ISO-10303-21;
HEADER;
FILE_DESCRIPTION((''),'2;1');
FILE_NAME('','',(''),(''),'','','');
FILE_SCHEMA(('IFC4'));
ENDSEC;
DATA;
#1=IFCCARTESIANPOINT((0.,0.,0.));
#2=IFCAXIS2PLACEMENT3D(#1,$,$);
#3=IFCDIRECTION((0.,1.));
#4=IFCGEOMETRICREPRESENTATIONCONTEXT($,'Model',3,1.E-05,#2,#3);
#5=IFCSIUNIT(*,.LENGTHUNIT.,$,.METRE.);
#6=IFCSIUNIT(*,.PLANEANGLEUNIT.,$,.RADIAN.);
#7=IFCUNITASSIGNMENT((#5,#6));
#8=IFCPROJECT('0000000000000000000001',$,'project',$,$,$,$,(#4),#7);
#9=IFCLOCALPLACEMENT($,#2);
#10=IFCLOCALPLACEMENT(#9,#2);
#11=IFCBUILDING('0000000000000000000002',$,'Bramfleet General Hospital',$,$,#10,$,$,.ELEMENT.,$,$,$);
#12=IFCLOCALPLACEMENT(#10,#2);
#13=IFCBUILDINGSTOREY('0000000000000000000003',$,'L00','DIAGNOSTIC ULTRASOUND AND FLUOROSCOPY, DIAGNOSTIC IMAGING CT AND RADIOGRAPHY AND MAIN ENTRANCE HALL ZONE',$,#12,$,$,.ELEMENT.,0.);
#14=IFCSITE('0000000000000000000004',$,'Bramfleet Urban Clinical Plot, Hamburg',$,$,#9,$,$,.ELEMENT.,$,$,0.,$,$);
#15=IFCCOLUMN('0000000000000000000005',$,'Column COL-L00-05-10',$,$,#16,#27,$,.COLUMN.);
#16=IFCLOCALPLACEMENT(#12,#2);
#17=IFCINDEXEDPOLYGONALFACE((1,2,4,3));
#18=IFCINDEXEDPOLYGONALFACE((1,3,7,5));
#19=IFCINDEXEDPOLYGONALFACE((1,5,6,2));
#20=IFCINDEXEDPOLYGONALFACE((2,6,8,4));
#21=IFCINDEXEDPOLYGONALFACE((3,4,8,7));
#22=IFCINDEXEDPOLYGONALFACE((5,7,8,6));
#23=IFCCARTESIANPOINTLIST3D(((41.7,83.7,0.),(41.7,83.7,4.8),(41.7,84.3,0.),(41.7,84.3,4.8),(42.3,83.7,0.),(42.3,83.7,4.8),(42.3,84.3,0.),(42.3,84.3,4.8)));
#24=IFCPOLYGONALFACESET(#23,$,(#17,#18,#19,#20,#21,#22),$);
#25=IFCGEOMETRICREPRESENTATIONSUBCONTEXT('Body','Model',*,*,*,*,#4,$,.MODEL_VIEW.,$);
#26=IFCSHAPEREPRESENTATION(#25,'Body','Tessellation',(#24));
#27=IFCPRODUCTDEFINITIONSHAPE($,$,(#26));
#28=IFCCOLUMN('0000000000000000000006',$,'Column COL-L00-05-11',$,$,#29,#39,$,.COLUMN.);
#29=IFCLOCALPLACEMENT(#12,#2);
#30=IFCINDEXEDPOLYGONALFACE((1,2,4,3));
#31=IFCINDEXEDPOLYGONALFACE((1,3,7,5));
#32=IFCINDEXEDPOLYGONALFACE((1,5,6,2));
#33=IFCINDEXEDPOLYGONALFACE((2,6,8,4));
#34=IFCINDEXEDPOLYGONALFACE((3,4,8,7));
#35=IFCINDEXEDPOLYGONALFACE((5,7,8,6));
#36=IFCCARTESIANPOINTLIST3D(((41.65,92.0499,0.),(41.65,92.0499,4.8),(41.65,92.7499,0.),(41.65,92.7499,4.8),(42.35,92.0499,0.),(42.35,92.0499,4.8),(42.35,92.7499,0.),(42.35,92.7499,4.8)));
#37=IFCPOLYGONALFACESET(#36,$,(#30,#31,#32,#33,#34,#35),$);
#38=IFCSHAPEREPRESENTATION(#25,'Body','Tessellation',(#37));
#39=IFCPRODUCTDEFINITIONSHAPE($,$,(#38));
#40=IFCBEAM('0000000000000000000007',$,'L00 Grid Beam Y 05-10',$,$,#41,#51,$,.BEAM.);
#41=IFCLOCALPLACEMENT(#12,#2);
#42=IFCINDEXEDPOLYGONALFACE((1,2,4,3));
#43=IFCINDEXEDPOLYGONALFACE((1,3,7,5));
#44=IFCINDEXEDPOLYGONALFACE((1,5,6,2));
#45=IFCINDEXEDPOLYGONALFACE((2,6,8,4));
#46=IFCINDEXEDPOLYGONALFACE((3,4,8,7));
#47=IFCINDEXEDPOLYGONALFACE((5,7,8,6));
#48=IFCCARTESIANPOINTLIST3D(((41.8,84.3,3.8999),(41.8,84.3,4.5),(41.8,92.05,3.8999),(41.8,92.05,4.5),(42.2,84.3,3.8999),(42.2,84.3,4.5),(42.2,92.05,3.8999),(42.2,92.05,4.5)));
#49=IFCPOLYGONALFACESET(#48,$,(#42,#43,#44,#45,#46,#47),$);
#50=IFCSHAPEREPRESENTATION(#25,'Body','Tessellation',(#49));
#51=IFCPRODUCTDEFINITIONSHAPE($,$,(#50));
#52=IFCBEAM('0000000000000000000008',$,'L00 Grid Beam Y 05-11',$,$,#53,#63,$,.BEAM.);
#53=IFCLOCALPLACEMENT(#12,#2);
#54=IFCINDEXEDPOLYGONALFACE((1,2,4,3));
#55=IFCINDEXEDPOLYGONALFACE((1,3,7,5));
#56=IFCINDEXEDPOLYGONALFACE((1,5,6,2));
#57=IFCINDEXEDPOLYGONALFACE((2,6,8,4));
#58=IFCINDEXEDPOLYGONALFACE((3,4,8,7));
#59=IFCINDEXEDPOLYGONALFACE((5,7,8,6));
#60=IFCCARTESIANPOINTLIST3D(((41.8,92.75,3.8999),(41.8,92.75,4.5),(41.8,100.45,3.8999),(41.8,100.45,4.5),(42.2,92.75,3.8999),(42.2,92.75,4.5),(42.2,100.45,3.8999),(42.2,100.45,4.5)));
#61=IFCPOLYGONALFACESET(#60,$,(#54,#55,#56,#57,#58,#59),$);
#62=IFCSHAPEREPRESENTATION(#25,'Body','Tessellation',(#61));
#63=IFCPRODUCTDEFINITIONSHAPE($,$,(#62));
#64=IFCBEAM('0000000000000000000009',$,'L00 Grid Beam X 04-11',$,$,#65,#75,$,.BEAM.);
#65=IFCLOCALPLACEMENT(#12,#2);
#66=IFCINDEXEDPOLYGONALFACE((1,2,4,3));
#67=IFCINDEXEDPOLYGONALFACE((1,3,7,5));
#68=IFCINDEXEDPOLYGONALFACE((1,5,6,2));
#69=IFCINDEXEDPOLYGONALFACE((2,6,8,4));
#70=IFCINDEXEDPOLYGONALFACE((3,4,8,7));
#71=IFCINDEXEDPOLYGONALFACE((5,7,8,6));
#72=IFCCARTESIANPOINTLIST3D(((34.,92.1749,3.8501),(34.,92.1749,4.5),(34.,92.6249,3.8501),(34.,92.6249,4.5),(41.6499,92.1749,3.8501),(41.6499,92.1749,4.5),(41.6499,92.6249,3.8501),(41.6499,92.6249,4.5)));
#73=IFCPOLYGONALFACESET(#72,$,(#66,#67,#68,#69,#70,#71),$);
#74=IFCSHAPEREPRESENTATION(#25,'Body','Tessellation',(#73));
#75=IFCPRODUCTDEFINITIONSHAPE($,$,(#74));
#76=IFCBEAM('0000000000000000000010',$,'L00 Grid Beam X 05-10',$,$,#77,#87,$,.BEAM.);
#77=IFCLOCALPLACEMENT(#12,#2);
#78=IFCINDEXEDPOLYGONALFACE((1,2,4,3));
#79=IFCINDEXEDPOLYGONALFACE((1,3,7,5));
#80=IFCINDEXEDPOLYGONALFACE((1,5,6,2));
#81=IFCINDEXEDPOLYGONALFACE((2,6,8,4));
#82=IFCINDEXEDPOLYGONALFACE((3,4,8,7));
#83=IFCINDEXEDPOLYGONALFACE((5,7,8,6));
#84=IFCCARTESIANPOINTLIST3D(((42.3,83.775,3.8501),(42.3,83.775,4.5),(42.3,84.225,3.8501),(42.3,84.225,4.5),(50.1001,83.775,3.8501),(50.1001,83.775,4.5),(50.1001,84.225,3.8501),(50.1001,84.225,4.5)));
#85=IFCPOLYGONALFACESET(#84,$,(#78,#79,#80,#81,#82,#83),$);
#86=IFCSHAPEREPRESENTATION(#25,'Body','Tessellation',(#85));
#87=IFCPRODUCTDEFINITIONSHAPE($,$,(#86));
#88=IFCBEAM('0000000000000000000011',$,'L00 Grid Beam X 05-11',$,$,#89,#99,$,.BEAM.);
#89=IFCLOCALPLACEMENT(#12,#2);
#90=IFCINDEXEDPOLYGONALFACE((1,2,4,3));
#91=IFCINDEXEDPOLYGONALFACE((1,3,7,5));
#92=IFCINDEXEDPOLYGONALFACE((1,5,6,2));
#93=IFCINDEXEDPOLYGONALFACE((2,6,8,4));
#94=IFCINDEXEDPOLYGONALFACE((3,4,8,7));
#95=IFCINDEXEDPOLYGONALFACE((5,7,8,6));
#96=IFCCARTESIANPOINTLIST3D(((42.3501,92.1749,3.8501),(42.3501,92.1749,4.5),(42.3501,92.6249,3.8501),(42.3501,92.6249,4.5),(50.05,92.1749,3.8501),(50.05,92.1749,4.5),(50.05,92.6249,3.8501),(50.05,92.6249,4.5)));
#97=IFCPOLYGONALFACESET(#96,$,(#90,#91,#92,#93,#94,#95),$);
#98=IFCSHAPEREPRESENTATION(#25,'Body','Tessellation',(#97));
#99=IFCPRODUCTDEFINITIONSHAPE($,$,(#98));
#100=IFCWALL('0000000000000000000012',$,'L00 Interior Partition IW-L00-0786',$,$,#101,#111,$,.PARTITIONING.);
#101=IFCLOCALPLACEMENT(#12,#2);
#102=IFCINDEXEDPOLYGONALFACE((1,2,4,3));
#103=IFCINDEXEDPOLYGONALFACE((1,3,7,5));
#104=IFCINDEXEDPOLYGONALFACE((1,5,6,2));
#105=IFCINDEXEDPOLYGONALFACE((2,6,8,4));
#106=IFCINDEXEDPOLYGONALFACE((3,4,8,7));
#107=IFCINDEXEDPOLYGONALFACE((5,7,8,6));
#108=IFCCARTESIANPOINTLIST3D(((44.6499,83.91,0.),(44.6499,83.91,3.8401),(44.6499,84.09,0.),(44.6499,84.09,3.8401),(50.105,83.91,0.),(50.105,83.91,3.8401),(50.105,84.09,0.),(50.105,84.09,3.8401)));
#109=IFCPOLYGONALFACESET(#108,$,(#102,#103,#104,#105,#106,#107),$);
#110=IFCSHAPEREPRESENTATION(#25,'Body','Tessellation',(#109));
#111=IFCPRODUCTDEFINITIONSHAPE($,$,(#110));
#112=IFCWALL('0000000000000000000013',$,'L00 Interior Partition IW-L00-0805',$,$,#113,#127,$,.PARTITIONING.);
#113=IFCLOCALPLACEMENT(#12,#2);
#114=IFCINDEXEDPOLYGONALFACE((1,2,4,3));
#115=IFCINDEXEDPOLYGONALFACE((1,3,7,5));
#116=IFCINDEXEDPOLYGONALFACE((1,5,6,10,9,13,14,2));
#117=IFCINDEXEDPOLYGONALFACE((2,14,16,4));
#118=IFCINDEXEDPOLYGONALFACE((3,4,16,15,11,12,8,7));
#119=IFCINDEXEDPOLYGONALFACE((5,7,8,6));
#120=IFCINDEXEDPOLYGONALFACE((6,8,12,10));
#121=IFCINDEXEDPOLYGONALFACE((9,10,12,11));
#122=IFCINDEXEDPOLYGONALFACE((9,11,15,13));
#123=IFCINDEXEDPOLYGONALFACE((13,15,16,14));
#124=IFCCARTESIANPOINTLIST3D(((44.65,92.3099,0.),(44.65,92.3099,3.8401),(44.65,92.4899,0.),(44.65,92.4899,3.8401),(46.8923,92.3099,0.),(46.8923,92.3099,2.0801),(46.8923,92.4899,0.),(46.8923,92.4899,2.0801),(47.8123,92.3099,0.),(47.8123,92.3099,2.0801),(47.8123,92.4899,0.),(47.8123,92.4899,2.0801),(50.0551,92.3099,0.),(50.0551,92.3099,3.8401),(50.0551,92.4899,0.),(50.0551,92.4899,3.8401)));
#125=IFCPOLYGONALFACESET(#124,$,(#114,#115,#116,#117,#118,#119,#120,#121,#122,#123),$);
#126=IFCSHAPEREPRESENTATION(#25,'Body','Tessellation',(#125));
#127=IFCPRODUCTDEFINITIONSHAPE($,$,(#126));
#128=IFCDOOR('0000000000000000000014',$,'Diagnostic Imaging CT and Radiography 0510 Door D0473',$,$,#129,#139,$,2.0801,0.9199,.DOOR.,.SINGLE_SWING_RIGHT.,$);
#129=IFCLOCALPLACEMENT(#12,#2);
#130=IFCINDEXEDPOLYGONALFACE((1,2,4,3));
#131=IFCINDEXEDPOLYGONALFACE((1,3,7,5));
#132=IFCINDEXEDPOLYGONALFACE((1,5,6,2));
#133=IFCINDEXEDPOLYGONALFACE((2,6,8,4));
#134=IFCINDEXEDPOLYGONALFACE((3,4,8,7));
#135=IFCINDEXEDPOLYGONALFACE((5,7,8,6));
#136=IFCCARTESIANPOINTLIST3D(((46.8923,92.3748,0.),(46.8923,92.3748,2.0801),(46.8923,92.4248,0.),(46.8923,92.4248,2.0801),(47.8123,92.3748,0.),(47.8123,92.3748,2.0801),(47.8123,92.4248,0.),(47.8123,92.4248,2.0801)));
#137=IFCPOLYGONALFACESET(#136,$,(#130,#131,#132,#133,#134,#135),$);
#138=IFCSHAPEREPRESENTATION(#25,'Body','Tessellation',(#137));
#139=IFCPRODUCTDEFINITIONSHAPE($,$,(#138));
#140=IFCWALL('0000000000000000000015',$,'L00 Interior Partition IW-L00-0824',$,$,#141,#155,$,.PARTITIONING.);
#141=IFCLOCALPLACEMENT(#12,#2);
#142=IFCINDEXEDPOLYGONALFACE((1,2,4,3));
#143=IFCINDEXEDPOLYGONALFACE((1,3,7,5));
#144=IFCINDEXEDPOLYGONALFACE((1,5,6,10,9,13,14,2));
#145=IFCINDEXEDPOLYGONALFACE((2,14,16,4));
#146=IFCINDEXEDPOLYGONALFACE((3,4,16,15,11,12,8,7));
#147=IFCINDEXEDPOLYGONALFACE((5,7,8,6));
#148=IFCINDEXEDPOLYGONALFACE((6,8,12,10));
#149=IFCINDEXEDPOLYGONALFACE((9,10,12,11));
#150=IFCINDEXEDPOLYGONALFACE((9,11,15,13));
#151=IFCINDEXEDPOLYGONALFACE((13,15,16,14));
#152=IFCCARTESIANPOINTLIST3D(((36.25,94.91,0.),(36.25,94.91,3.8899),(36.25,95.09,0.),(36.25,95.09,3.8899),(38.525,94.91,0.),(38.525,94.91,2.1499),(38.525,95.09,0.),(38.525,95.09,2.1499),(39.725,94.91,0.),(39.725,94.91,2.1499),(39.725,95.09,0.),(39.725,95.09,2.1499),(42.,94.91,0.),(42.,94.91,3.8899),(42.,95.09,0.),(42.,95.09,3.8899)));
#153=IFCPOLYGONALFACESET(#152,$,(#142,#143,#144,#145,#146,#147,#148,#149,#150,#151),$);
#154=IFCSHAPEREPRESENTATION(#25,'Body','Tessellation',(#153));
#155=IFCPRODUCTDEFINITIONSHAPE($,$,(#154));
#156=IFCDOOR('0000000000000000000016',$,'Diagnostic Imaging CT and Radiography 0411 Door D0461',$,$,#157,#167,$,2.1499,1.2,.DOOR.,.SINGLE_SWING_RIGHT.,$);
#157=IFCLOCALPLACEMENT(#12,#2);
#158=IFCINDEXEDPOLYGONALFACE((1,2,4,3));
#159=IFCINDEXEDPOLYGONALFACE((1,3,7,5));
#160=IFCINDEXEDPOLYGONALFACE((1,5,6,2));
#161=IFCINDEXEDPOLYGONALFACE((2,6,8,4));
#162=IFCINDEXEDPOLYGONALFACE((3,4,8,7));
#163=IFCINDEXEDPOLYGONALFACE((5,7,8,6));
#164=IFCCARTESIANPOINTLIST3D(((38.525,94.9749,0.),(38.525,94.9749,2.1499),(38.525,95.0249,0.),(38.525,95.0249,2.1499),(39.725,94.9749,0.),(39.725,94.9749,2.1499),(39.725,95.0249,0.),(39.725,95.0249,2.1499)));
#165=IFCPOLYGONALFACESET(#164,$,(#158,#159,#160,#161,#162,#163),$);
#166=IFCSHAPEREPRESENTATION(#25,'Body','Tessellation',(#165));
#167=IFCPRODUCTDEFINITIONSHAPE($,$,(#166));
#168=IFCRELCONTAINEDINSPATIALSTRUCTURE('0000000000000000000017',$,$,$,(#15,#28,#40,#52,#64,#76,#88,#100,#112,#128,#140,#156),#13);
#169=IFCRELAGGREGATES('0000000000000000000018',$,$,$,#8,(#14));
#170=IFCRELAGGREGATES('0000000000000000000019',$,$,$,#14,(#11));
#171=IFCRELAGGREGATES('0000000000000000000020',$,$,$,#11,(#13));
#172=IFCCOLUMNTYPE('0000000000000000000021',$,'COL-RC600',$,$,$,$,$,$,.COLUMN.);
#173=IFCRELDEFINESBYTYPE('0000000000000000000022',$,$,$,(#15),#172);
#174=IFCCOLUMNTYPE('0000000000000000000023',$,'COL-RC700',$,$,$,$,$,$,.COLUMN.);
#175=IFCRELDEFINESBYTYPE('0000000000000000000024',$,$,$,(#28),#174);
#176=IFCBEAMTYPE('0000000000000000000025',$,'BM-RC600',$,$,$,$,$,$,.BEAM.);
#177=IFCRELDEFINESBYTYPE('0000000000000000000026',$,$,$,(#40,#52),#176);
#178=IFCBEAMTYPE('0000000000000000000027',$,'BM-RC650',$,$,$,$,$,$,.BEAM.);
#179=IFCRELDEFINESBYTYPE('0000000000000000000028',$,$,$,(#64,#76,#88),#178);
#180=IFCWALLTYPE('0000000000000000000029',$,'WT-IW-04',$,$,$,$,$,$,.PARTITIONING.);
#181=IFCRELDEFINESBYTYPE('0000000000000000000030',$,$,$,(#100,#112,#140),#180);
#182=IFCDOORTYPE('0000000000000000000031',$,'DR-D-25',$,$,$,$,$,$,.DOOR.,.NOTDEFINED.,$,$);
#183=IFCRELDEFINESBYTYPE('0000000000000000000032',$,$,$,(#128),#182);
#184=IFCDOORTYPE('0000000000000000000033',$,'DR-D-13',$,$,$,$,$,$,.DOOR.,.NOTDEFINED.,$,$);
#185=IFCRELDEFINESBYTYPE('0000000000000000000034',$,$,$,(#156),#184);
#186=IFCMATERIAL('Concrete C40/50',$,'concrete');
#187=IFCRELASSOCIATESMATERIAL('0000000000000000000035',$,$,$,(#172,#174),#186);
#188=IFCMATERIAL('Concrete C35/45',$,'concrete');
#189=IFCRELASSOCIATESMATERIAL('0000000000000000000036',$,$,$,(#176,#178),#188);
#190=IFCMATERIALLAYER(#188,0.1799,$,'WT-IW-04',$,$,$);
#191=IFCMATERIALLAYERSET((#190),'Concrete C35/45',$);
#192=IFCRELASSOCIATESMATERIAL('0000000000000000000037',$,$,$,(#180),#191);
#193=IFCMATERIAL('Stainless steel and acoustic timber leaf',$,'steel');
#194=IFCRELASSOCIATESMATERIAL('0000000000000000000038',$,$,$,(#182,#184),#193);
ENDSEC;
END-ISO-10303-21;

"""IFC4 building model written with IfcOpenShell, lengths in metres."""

from ifc_helpers import new_model, si_unit, direction, frame, frame_2d, origin, origin_2d, place, context, subcontext, project, spatial, rectangle, extrude, material, layer, layer_set, material_profile, profile_set, type_object, element, fill, save


model = new_model("IFC4")

# Units and contexts
model_context = context("Model", 3, precision=1e-05, world=origin(), true_north=direction((0.0, 1.0)))
body_context = subcontext(model_context, "Body", "Model", "MODEL_VIEW")
ifc_project = project(units=[si_unit("LENGTHUNIT", "METRE"), si_unit("PLANEANGLEUNIT", "RADIAN")], contexts=[model_context])

# Site, building, storey
site_placement = place(None, origin())
site = spatial("IfcSite", under=ifc_project, at=site_placement, Name="Bramfleet Urban Clinical Plot, Hamburg", CompositionType="ELEMENT", RefElevation=0.0)
building_placement = place(site_placement, origin())
building = spatial("IfcBuilding", under=site, at=building_placement, Name="Bramfleet General Hospital", CompositionType="ELEMENT")
storey_placement = place(building_placement, origin())
storey = spatial("IfcBuildingStorey", under=building, at=storey_placement, Name="L00", Description="DIAGNOSTIC ULTRASOUND AND FLUOROSCOPY, DIAGNOSTIC IMAGING CT AND RADIOGRAPHY AND MAIN ENTRANCE HALL ZONE", CompositionType="ELEMENT", Elevation=0.0)

# Columns
ifc_material_1 = material(Name="Concrete C40/50", Category="concrete")
ifc_material_profile_1 = material_profile(ifc_material_1, rectangle(XDim=0.6001, YDim=0.6001, at=origin_2d()), Name="RC COL 600x600")
ifc_profile_set_1 = profile_set([ifc_material_profile_1], Name="Concrete C40/50")
column_type_1 = type_object("IfcColumnType", Name="COL-RC600", PredefinedType="COLUMN", material=ifc_profile_set_1)
column_1_placement = place(storey_placement, frame((42.0, 84.0, 0.0), z_axis=(0.0, 0.0, 1.0), x_axis=(1.0, 0.0, 0.0)))
element("IfcColumn", 1, at=column_1_placement, inside=storey, type_object=column_type_1, Name="Column COL-L00-05-10", PredefinedType="COLUMN", context=body_context, shape_type="SweptSolid", body=[
    extrude(rectangle(XDim=0.6001, YDim=0.6001, at=origin_2d()), origin(), (0.0, 0.0, 1.0), 4.8),
])
ifc_material_profile_2 = material_profile(ifc_material_1, rectangle(XDim=0.7, YDim=0.7, at=origin_2d()), Name="RC COL 700x700")
ifc_profile_set_2 = profile_set([ifc_material_profile_2], Name="Concrete C40/50")
column_type_2 = type_object("IfcColumnType", Name="COL-RC700", PredefinedType="COLUMN", material=ifc_profile_set_2)
column_2_placement = place(storey_placement, frame((42.0, 92.3999, 0.0), z_axis=(0.0, 0.0, 1.0), x_axis=(1.0, 0.0, 0.0)))
element("IfcColumn", 2, at=column_2_placement, inside=storey, type_object=column_type_2, Name="Column COL-L00-05-11", PredefinedType="COLUMN", context=body_context, shape_type="SweptSolid", body=[
    extrude(rectangle(XDim=0.7, YDim=0.7, at=origin_2d()), origin(), (0.0, 0.0, 1.0), 4.8),
])

# Beams
ifc_material_2 = material(Name="Concrete C35/45", Category="concrete")
ifc_material_profile_3 = material_profile(ifc_material_2, rectangle(XDim=0.3999, YDim=0.6001, at=origin_2d()), Name="RC BM 600x400")
ifc_profile_set_3 = profile_set([ifc_material_profile_3], Name="Concrete C35/45")
beam_type_1 = type_object("IfcBeamType", Name="BM-RC600", PredefinedType="BEAM", material=ifc_profile_set_3)
beam_1_placement = place(storey_placement, frame((42.0, 84.3, 4.2), z_axis=(0.0, 1.0, 0.0), x_axis=(-1.0, 0.0, 0.0)))
element("IfcBeam", 3, at=beam_1_placement, inside=storey, type_object=beam_type_1, Name="L00 Grid Beam Y 05-10", PredefinedType="BEAM", context=body_context, shape_type="SweptSolid", body=[
    extrude(rectangle(XDim=0.3999, YDim=0.6001, at=origin_2d()), origin(), (0.0, 0.0, 1.0), 7.75),
])
beam_2_placement = place(storey_placement, frame((42.0, 92.75, 4.2), z_axis=(0.0, 1.0, 0.0), x_axis=(-1.0, 0.0, 0.0)))
element("IfcBeam", 4, at=beam_2_placement, inside=storey, type_object=beam_type_1, Name="L00 Grid Beam Y 05-11", PredefinedType="BEAM", context=body_context, shape_type="SweptSolid", body=[
    extrude(rectangle(XDim=0.3999, YDim=0.6001, at=origin_2d()), origin(), (0.0, 0.0, 1.0), 7.7),
])
ifc_material_profile_4 = material_profile(ifc_material_2, rectangle(XDim=0.45, YDim=0.6499, at=origin_2d()), Name="RC BM 650x450")
ifc_profile_set_4 = profile_set([ifc_material_profile_4], Name="Concrete C35/45")
beam_type_2 = type_object("IfcBeamType", Name="BM-RC650", PredefinedType="BEAM", material=ifc_profile_set_4)
beam_3_placement = place(storey_placement, frame((34.0, 92.3999, 4.175), z_axis=(1.0, 0.0, 0.0), x_axis=(0.0, 1.0, 0.0)))
element("IfcBeam", 5, at=beam_3_placement, inside=storey, type_object=beam_type_2, Name="L00 Grid Beam X 04-11", PredefinedType="BEAM", context=body_context, shape_type="SweptSolid", body=[
    extrude(rectangle(XDim=0.45, YDim=0.6499, at=origin_2d()), origin(), (0.0, 0.0, 1.0), 7.6499),
])
beam_4_placement = place(storey_placement, frame((42.3, 84.0, 4.175), z_axis=(1.0, 0.0, 0.0), x_axis=(0.0, 1.0, 0.0)))
element("IfcBeam", 6, at=beam_4_placement, inside=storey, type_object=beam_type_2, Name="L00 Grid Beam X 05-10", PredefinedType="BEAM", context=body_context, shape_type="SweptSolid", body=[
    extrude(rectangle(XDim=0.45, YDim=0.6499, at=origin_2d()), origin(), (0.0, 0.0, 1.0), 7.8),
])
beam_5_placement = place(storey_placement, frame((42.3501, 92.3999, 4.175), z_axis=(1.0, 0.0, 0.0), x_axis=(0.0, 1.0, 0.0)))
element("IfcBeam", 7, at=beam_5_placement, inside=storey, type_object=beam_type_2, Name="L00 Grid Beam X 05-11", PredefinedType="BEAM", context=body_context, shape_type="SweptSolid", body=[
    extrude(rectangle(XDim=0.45, YDim=0.6499, at=origin_2d()), origin(), (0.0, 0.0, 1.0), 7.7),
])

# Wall
ifc_layer = layer(ifc_material_2, 0.1799, Name="WT-IW-04")
ifc_layer_set = layer_set([ifc_layer], Name="Concrete C35/45")
wall_type = type_object("IfcWallType", Name="WT-IW-04", PredefinedType="PARTITIONING", material=ifc_layer_set)
wall_1_placement = place(storey_placement, frame((44.6499, 84.0, 0.0), z_axis=(0.0, 0.0, 1.0), x_axis=(1.0, 0.0, 0.0)))
element("IfcWall", 8, at=wall_1_placement, inside=storey, type_object=wall_type, Name="L00 Interior Partition IW-L00-0786", PredefinedType="PARTITIONING", context=body_context, shape_type="SweptSolid", body=[
    extrude(rectangle(XDim=5.4551, YDim=0.1799, at=frame_2d((2.7275, 0.0))), origin(), (0.0, 0.0, 1.0), 3.8401),
])

# Walls, openings, doors
ifc_material_3 = material(Name="Stainless steel and acoustic timber leaf", Category="steel")
wall_2_placement = place(storey_placement, frame((44.6499, 92.3999, 0.0), z_axis=(0.0, 0.0, 1.0), x_axis=(1.0, 0.0, 0.0)))
wall_2 = element("IfcWall", 9, at=wall_2_placement, inside=storey, type_object=wall_type, Name="L00 Interior Partition IW-L00-0805", PredefinedType="PARTITIONING", context=body_context, shape_type="SweptSolid", body=[
    extrude(rectangle(XDim=5.405, YDim=0.1799, at=frame_2d((2.7026, 0.0))), origin(), (0.0, 0.0, 1.0), 3.8401),
])
opening_1_placement = place(wall_2_placement, frame((2.2424, 0.0, 0.0)))
opening_1 = element("IfcOpeningElement", 10, at=opening_1_placement, cuts=wall_2, PredefinedType="OPENING", context=body_context, shape_type="SweptSolid", body=[
    extrude(rectangle(XDim=0.9199, YDim=2.0801, at=frame_2d((0.46, 1.04))), frame((0.0, 0.0999, 0.0), z_axis=(0.0, -1.0, 0.0), x_axis=(1.0, 0.0, 0.0)), (0.0, 0.0, 1.0), 0.2),
])
door_type_1 = type_object("IfcDoorType", Name="DR-D-25", OperationType="NOTDEFINED", PredefinedType="DOOR", material=ifc_material_3)
door_1_placement = place(opening_1_placement, origin())
door_1 = element("IfcDoor", 11, at=door_1_placement, inside=storey, type_object=door_type_1, Name="Diagnostic Imaging CT and Radiography 0510 Door D0473", OperationType="SINGLE_SWING_RIGHT", OverallHeight=2.0801, OverallWidth=0.9199, PredefinedType="DOOR", context=body_context, shape_type="SweptSolid", body=[
    extrude(rectangle(XDim=0.9199, YDim=2.0801, at=frame_2d((0.46, 1.04))), frame((0.0, 0.0249, 0.0), z_axis=(0.0, -1.0, 0.0), x_axis=(1.0, 0.0, 0.0)), (0.0, 0.0, 1.0), 0.05),
])
fill(opening_1, door_1)
wall_3_placement = place(storey_placement, frame((36.25, 95.0, 0.0), z_axis=(0.0, 0.0, 1.0), x_axis=(1.0, 0.0, 0.0)))
wall_3 = element("IfcWall", 12, at=wall_3_placement, inside=storey, type_object=wall_type, Name="L00 Interior Partition IW-L00-0824", PredefinedType="PARTITIONING", context=body_context, shape_type="SweptSolid", body=[
    extrude(rectangle(XDim=5.75, YDim=0.1799, at=frame_2d((2.875, 0.0))), origin(), (0.0, 0.0, 1.0), 3.8899),
])
opening_2_placement = place(wall_3_placement, frame((2.2749, 0.0, 0.0)))
opening_2 = element("IfcOpeningElement", 13, at=opening_2_placement, cuts=wall_3, PredefinedType="OPENING", context=body_context, shape_type="SweptSolid", body=[
    extrude(rectangle(XDim=1.2, YDim=2.1499, at=frame_2d((0.6001, 1.075))), frame((0.0, 0.0999, 0.0), z_axis=(0.0, -1.0, 0.0), x_axis=(1.0, 0.0, 0.0)), (0.0, 0.0, 1.0), 0.2),
])
door_type_2 = type_object("IfcDoorType", Name="DR-D-13", OperationType="NOTDEFINED", PredefinedType="DOOR", material=ifc_material_3)
door_2_placement = place(opening_2_placement, origin())
door_2 = element("IfcDoor", 14, at=door_2_placement, inside=storey, type_object=door_type_2, Name="Diagnostic Imaging CT and Radiography 0411 Door D0461", OperationType="SINGLE_SWING_RIGHT", OverallHeight=2.1499, OverallWidth=1.2, PredefinedType="DOOR", context=body_context, shape_type="SweptSolid", body=[
    extrude(rectangle(XDim=1.2, YDim=2.1499, at=frame_2d((0.6001, 1.075))), frame((0.0, 0.0249, 0.0), z_axis=(0.0, -1.0, 0.0), x_axis=(1.0, 0.0, 0.0)), (0.0, 0.0, 1.0), 0.05),
])
fill(opening_2, door_2)

save(model, "model.ifc")
